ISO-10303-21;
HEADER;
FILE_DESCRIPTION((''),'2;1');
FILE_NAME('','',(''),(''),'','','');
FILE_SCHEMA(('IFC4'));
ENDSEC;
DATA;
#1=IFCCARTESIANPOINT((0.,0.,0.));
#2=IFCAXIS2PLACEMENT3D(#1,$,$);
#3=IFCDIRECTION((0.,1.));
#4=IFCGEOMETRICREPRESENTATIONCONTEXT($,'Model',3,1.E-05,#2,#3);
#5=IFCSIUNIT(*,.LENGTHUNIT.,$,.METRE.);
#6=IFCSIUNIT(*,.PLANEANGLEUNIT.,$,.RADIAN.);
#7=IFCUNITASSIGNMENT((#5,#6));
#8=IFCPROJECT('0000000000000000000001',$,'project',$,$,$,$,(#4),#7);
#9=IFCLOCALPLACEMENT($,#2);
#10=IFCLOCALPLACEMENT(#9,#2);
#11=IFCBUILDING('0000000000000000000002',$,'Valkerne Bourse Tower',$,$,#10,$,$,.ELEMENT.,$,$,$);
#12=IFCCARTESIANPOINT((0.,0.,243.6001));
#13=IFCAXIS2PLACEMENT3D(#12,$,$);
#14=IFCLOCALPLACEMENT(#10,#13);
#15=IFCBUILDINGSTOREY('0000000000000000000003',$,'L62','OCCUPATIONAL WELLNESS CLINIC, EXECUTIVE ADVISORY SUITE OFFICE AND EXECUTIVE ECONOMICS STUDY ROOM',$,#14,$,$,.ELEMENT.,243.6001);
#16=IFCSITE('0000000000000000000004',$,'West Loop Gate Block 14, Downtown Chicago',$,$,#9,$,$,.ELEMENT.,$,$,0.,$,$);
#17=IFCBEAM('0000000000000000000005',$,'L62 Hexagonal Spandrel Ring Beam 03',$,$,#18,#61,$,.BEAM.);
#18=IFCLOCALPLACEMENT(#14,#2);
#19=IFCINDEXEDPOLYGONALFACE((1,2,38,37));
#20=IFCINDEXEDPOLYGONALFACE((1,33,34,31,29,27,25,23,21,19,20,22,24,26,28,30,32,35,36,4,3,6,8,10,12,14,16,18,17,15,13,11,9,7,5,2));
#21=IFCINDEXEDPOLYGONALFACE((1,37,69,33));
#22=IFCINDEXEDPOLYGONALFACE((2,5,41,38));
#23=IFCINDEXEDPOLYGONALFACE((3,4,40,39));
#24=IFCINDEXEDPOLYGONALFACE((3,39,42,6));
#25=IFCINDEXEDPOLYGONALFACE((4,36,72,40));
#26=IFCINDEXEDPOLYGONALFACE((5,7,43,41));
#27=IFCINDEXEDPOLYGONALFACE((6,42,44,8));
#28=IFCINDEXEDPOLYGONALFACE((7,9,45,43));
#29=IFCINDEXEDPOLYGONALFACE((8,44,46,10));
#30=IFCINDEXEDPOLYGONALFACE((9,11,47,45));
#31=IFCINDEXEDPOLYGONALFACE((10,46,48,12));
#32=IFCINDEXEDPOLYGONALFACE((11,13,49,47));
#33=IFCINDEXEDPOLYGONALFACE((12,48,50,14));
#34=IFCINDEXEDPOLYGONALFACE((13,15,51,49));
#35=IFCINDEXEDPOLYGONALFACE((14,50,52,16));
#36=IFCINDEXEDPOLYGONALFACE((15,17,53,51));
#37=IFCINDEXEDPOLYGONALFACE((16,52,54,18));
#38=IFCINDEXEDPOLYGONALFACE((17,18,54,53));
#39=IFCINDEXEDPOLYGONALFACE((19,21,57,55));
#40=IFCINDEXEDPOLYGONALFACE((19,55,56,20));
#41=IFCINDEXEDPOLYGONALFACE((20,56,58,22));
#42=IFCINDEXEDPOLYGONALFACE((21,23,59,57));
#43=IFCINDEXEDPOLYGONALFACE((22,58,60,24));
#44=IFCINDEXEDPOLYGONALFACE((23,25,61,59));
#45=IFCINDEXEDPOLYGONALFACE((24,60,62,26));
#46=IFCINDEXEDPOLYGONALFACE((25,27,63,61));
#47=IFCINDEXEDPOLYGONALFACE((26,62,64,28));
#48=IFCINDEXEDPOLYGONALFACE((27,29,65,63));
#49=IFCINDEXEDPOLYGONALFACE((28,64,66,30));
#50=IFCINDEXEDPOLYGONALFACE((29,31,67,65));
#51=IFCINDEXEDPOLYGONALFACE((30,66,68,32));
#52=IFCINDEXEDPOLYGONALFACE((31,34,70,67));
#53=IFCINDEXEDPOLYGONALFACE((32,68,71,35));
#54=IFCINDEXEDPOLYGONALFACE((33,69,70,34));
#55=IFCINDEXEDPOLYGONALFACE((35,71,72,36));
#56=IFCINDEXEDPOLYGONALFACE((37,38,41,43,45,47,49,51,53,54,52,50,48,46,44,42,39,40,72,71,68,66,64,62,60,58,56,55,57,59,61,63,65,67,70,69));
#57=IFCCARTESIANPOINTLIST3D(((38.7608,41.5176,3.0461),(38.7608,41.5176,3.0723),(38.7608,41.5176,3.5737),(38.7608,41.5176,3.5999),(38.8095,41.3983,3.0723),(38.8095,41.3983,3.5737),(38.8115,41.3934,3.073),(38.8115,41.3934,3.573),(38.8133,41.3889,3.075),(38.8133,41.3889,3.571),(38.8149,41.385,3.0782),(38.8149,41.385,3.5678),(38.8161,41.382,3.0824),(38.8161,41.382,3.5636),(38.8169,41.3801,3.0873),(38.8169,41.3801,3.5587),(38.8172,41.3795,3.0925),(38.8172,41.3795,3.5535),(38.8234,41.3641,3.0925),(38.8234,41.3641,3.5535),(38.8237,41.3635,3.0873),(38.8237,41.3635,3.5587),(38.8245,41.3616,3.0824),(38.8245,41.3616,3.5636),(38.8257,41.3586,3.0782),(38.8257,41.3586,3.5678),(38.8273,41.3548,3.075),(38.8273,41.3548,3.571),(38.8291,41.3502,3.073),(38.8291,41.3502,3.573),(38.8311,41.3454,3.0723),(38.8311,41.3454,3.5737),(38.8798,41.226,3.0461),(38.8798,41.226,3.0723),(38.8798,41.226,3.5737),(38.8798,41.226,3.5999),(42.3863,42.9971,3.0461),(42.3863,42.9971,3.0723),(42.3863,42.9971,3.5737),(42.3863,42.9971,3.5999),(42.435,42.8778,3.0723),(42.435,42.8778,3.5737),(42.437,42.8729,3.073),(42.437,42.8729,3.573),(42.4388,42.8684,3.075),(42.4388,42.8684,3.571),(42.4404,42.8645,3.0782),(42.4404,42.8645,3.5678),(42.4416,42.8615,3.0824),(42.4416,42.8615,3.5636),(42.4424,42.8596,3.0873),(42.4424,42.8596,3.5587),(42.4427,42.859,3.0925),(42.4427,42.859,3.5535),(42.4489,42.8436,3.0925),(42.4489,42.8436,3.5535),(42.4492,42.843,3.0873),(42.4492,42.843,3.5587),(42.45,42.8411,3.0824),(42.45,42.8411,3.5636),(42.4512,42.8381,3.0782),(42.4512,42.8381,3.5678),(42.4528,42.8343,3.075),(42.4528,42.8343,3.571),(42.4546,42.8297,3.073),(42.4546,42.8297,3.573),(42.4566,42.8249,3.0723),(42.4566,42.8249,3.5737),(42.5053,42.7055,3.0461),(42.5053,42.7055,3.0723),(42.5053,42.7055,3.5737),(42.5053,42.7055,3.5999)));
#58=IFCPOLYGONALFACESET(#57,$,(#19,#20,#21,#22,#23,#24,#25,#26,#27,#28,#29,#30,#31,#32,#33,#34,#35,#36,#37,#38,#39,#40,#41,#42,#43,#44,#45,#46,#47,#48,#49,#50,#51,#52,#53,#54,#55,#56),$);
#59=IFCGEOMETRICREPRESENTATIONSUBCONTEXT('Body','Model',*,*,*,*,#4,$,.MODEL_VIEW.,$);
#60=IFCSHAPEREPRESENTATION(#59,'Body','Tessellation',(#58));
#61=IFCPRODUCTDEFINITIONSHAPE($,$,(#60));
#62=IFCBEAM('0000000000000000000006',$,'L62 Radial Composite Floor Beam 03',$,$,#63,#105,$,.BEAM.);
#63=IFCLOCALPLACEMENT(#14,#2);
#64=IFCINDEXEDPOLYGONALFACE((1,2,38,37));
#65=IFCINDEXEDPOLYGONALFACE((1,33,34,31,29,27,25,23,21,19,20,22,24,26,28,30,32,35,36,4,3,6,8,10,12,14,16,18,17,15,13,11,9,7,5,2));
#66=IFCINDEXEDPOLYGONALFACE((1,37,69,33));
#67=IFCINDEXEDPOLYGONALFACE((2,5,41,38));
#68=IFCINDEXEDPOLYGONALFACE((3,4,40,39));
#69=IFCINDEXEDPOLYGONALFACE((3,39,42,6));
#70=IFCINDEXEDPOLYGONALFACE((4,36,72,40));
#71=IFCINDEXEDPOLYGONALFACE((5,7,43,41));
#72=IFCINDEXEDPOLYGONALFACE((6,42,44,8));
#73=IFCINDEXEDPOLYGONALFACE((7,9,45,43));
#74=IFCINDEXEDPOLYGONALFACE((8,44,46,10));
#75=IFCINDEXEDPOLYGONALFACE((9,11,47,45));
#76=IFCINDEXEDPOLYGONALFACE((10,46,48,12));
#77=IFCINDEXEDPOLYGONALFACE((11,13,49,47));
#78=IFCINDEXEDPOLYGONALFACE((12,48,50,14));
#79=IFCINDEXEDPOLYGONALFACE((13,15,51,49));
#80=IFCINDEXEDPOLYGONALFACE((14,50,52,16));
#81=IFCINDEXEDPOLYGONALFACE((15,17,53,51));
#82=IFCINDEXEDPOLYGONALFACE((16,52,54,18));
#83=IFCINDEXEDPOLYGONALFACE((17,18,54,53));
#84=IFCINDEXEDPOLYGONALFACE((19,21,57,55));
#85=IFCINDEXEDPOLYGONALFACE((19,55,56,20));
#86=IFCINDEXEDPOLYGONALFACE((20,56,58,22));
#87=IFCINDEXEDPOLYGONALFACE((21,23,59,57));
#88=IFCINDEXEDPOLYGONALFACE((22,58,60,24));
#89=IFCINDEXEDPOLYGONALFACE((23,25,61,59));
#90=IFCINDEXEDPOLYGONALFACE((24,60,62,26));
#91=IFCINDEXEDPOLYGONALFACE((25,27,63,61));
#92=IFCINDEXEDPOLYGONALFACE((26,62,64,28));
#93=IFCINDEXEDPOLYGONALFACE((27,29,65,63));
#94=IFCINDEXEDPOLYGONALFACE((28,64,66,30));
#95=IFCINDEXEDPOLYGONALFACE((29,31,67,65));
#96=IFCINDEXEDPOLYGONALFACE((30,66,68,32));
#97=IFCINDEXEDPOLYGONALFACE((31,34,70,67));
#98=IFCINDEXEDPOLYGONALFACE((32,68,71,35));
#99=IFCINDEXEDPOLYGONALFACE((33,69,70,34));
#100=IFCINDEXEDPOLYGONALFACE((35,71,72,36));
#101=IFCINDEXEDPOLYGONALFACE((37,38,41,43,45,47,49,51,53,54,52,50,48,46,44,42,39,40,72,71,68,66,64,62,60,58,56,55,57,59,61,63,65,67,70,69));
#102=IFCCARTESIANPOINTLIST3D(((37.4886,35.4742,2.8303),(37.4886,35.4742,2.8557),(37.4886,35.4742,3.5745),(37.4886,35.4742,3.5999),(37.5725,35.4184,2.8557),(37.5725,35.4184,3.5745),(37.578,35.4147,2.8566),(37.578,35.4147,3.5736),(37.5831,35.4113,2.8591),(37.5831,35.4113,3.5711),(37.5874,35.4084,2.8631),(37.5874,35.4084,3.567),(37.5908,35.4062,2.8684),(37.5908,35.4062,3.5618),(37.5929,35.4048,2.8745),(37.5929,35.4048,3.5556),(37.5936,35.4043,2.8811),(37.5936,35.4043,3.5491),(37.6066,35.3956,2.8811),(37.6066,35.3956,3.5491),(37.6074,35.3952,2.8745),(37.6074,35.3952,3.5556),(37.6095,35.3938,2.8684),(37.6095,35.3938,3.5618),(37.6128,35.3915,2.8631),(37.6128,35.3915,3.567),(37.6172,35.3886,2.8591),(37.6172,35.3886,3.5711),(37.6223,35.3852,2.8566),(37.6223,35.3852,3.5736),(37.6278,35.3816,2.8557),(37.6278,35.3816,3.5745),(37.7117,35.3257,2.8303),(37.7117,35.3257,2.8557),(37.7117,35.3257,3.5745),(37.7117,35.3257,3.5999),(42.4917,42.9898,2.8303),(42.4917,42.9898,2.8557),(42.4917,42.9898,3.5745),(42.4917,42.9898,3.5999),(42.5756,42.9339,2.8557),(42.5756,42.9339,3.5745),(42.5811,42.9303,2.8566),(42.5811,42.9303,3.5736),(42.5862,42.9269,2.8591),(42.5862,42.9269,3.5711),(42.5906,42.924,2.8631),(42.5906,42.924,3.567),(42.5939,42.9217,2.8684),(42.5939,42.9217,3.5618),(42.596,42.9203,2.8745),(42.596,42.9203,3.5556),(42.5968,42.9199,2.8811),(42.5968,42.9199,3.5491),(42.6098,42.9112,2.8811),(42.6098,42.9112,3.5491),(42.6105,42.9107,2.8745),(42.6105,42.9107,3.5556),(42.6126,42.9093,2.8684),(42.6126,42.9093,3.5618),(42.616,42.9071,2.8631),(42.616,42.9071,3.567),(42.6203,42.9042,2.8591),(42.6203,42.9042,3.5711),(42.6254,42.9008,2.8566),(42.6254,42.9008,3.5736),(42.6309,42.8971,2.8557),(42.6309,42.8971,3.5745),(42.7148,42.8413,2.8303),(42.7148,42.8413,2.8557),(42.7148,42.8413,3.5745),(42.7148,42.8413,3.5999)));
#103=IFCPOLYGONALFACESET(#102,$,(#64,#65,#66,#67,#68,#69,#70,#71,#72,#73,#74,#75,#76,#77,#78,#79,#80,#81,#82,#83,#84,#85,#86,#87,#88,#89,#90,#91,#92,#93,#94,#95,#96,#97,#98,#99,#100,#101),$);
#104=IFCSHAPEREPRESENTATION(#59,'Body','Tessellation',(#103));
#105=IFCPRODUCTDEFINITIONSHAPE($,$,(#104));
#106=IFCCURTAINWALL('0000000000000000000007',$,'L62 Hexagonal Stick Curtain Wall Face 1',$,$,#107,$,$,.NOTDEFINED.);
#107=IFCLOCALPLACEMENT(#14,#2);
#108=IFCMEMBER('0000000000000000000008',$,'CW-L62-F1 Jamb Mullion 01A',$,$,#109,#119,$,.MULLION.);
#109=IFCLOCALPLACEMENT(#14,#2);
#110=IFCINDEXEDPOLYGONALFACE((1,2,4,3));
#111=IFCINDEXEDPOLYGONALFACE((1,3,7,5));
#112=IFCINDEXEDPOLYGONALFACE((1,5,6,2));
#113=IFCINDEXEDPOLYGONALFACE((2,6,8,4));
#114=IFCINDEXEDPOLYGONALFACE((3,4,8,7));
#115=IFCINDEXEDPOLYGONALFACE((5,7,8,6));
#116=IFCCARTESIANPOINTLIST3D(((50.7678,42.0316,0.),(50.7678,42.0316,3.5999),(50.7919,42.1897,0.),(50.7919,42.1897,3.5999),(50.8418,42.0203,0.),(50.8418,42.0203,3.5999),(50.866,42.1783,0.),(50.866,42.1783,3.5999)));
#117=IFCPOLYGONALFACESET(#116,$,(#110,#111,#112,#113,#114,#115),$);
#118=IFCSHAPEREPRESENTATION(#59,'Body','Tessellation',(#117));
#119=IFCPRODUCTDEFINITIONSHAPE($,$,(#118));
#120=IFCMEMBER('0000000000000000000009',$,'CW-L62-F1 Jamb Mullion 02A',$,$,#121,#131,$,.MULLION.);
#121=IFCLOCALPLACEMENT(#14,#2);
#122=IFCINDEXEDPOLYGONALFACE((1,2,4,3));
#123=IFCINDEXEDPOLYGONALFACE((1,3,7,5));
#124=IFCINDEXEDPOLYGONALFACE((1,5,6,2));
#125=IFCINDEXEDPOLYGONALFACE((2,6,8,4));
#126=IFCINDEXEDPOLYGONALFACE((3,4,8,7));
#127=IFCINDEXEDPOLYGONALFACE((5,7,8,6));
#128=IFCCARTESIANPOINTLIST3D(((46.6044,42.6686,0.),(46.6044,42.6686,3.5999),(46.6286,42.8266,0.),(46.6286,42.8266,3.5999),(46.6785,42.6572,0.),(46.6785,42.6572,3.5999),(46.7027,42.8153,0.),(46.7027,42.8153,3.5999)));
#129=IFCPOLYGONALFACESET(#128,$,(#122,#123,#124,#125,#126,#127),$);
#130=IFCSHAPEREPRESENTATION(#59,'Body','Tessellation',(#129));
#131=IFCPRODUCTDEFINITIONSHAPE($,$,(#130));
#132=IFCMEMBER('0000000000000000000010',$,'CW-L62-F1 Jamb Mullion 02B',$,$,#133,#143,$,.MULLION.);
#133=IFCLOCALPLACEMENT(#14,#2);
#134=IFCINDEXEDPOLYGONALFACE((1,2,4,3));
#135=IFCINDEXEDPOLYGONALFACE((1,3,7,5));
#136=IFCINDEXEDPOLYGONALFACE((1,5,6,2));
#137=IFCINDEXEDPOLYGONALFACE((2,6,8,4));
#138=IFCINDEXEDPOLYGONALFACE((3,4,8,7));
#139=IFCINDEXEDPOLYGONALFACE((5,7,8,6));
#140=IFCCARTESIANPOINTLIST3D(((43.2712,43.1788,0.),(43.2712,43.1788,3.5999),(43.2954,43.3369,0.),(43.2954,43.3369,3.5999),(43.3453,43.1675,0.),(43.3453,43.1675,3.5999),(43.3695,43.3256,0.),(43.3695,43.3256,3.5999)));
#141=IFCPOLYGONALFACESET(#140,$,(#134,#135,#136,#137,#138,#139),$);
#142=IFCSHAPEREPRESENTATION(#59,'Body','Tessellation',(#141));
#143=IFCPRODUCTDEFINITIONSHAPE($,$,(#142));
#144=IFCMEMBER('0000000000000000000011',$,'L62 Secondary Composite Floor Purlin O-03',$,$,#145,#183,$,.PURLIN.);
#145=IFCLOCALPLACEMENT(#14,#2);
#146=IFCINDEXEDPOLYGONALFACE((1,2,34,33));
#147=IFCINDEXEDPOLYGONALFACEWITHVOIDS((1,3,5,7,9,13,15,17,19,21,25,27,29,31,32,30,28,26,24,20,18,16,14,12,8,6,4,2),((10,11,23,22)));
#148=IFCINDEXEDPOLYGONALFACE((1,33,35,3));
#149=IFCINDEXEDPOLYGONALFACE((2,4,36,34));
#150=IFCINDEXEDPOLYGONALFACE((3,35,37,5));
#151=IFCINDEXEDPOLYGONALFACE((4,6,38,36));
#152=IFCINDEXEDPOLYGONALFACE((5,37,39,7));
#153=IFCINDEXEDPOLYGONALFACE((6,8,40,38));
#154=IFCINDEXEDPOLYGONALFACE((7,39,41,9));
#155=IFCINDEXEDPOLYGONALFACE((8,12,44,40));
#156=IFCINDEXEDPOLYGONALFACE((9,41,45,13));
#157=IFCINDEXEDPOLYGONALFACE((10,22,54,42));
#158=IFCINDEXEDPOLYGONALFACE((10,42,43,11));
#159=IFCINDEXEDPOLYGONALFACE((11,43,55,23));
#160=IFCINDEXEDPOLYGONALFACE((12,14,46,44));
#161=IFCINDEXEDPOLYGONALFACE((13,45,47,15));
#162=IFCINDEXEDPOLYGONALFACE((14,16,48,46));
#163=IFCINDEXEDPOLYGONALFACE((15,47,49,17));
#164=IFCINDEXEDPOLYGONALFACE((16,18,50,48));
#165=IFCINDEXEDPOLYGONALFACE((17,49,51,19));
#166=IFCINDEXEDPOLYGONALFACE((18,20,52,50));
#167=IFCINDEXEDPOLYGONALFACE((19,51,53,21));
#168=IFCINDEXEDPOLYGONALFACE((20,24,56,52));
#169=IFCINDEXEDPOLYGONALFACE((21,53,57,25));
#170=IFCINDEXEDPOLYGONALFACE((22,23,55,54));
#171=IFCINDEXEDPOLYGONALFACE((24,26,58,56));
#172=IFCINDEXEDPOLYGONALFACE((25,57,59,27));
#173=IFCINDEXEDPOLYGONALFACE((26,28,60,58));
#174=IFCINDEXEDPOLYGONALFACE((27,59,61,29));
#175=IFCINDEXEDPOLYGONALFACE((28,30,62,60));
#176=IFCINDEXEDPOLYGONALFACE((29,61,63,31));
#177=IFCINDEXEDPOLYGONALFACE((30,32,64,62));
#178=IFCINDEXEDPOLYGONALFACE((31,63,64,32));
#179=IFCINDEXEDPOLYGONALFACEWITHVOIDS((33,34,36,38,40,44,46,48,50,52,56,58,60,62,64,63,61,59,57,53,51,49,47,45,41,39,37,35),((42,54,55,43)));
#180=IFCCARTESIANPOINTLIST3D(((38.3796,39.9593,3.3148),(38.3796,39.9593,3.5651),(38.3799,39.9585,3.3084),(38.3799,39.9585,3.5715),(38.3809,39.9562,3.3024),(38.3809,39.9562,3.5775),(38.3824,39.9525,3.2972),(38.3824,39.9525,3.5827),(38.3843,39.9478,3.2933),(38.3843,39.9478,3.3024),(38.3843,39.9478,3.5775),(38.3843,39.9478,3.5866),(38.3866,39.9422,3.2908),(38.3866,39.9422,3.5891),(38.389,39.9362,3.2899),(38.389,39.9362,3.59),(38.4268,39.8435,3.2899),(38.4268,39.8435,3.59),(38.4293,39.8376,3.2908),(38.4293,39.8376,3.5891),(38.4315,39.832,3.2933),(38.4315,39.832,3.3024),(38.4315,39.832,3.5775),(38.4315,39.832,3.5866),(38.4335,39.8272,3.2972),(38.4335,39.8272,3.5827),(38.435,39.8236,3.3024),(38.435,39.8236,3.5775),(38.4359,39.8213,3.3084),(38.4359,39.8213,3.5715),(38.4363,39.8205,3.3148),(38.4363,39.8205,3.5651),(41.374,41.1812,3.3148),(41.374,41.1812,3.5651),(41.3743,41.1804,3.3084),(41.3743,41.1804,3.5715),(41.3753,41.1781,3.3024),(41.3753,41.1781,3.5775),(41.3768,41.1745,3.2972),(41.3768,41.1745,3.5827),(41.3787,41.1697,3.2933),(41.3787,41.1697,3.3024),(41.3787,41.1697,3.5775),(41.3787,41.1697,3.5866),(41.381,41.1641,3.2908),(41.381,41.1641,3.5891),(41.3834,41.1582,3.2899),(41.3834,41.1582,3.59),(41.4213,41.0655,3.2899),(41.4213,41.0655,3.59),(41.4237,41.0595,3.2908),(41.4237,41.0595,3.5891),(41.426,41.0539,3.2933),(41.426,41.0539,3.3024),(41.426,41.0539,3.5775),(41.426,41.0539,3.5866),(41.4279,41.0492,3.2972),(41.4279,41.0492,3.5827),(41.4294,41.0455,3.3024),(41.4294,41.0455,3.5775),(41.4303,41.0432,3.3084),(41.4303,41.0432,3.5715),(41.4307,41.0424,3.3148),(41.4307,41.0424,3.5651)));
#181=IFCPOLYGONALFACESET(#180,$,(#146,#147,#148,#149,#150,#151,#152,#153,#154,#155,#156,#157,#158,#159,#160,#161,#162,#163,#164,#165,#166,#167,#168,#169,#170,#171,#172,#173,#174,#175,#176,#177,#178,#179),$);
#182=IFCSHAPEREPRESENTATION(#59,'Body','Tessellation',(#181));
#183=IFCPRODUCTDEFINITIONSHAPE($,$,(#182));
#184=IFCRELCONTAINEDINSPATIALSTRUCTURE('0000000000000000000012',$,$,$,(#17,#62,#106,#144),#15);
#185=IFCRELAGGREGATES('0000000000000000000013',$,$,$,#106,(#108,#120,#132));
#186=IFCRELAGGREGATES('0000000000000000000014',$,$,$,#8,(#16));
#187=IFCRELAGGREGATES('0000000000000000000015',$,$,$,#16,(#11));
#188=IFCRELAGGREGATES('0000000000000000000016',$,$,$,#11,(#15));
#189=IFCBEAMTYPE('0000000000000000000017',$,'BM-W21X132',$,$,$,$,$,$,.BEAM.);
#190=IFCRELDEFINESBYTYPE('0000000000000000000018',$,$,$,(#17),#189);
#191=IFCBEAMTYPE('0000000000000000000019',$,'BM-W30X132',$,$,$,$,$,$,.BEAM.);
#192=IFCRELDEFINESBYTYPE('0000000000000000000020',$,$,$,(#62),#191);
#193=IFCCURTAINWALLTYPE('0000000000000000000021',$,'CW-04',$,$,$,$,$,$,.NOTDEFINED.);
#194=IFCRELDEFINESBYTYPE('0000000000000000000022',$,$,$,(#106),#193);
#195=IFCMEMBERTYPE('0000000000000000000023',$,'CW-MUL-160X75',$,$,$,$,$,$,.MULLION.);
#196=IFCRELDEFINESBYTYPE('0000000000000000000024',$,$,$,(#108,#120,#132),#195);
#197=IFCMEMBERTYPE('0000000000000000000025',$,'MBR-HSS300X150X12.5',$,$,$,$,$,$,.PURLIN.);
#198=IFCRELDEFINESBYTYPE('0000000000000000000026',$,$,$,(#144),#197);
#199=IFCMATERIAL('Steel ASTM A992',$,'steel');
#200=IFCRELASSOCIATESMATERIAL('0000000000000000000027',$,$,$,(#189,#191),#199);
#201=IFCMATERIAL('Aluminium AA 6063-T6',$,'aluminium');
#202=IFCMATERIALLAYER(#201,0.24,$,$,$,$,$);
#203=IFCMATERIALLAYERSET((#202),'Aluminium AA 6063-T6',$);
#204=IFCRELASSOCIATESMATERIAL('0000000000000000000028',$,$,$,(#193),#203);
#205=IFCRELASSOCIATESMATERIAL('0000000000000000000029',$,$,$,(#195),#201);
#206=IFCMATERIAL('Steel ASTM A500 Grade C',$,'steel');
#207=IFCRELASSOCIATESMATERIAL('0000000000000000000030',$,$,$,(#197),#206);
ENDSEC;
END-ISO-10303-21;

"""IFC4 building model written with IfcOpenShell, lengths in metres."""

from ifc_helpers import new_model, si_unit, direction, frame, origin, origin_2d, place, context, subcontext, project, spatial, rectangle, hollow_rectangle, i_section, extrude, material, layer, layer_set, material_profile, profile_set, type_object, element, aggregate, save


model = new_model("IFC4")

# Units and contexts
model_context = context("Model", 3, precision=1e-05, world=origin(), true_north=direction((0.0, 1.0)))
body_context = subcontext(model_context, "Body", "Model", "MODEL_VIEW")
ifc_project = project(units=[si_unit("LENGTHUNIT", "METRE"), si_unit("PLANEANGLEUNIT", "RADIAN")], contexts=[model_context])

# Site, building, storey
site_placement = place(None, origin())
site = spatial("IfcSite", under=ifc_project, at=site_placement, Name="West Loop Gate Block 14, Downtown Chicago", CompositionType="ELEMENT", RefElevation=0.0)
building_placement = place(site_placement, origin())
building = spatial("IfcBuilding", under=site, at=building_placement, Name="Valkerne Bourse Tower", CompositionType="ELEMENT")
storey_placement = place(building_placement, frame((0.0, 0.0, 243.6001)))
storey = spatial("IfcBuildingStorey", under=building, at=storey_placement, Name="L62", Description="OCCUPATIONAL WELLNESS CLINIC, EXECUTIVE ADVISORY SUITE OFFICE AND EXECUTIVE ECONOMICS STUDY ROOM", CompositionType="ELEMENT", Elevation=243.6001)

# Beams
ifc_material_1 = material(Name="Steel ASTM A992", Category="steel")
ifc_material_profile_1 = material_profile(ifc_material_1, i_section(OverallWidth=0.3149, OverallDepth=0.5537, WebThickness=0.0166, FlangeThickness=0.0261, FilletRadius=0.0203, at=origin_2d()), Name="W21X132")
ifc_profile_set_1 = profile_set([ifc_material_profile_1], Name="Steel ASTM A992")
beam_type_1 = type_object("IfcBeamType", Name="BM-W21X132", PredefinedType="BEAM", material=ifc_profile_set_1)
beam_1_placement = place(storey_placement, frame((42.4458, 42.8513, 3.323), z_axis=(-0.925874, -0.377832, 0.0), x_axis=(0.377832, -0.925874, 0.0)))
element("IfcBeam", 1, at=beam_1_placement, inside=storey, type_object=beam_type_1, Name="L62 Hexagonal Spandrel Ring Beam 03", PredefinedType="BEAM", context=body_context, shape_type="SweptSolid", body=[
    extrude(i_section(OverallWidth=0.3149, OverallDepth=0.5537, WebThickness=0.0166, FlangeThickness=0.0261, FilletRadius=0.0203, at=origin_2d()), origin(), (0.0, 0.0, 1.0), 3.9158),
])
ifc_material_profile_2 = material_profile(ifc_material_1, i_section(OverallWidth=0.2681, OverallDepth=0.7695, WebThickness=0.0156, FlangeThickness=0.0254, FilletRadius=0.0254, at=origin_2d()), Name="W30X132")
ifc_profile_set_2 = profile_set([ifc_material_profile_2], Name="Steel ASTM A992")
beam_type_2 = type_object("IfcBeamType", Name="BM-W30X132", PredefinedType="BEAM", material=ifc_profile_set_2)
beam_2_placement = place(storey_placement, frame((42.6033, 42.9155, 3.2151), z_axis=(-0.554145, -0.83242, 0.0), x_axis=(0.83242, -0.554145, 0.0)))
element("IfcBeam", 2, at=beam_2_placement, inside=storey, type_object=beam_type_2, Name="L62 Radial Composite Floor Beam 03", PredefinedType="BEAM", context=body_context, shape_type="SweptSolid", body=[
    extrude(i_section(OverallWidth=0.2681, OverallDepth=0.7695, WebThickness=0.0156, FlangeThickness=0.0254, FilletRadius=0.0254, at=origin_2d()), origin(), (0.0, 0.0, 1.0), 9.0286),
])

# Curtain wall, members
ifc_material_2 = material(Name="Aluminium AA 6063-T6", Category="aluminium")
ifc_layer_1 = layer(ifc_material_2, 0.24)
ifc_layer_set_1 = layer_set([ifc_layer_1], Name="Aluminium AA 6063-T6")
curtain_wall_type = type_object("IfcCurtainWallType", Name="CW-04", PredefinedType="NOTDEFINED", material=ifc_layer_set_1)
curtain_wall_placement = place(storey_placement, origin())
curtain_wall = element("IfcCurtainWall", 3, at=curtain_wall_placement, inside=storey, type_object=curtain_wall_type, Name="L62 Hexagonal Stick Curtain Wall Face 1", PredefinedType="NOTDEFINED")
ifc_material_profile_3 = material_profile(ifc_material_2, rectangle(XDim=0.075, YDim=0.1599, at=origin_2d()), Name="CWM-75X160")
ifc_profile_set_3 = profile_set([ifc_material_profile_3], Name="Aluminium AA 6063-T6")
member_type_1 = type_object("IfcMemberType", Name="CW-MUL-160X75", PredefinedType="MULLION", material=ifc_profile_set_3)
member_1_placement = place(storey_placement, frame((50.8169, 42.105, 0.0), z_axis=(0.0, 0.0, 1.0), x_axis=(-0.988494, 0.15126, 0.0)))
member_1 = element("IfcMember", 4, at=member_1_placement, type_object=member_type_1, Name="CW-L62-F1 Jamb Mullion 01A", PredefinedType="MULLION", context=body_context, shape_type="SweptSolid", body=[
    extrude(rectangle(XDim=0.075, YDim=0.1599, at=origin_2d()), origin(), (0.0, 0.0, 1.0), 3.5999),
])
member_2_placement = place(storey_placement, frame((46.6536, 42.7419, 0.0), z_axis=(0.0, 0.0, 1.0), x_axis=(-0.988494, 0.15126, 0.0)))
member_2 = element("IfcMember", 5, at=member_2_placement, type_object=member_type_1, Name="CW-L62-F1 Jamb Mullion 02A", PredefinedType="MULLION", context=body_context, shape_type="SweptSolid", body=[
    extrude(rectangle(XDim=0.075, YDim=0.1599, at=origin_2d()), origin(), (0.0, 0.0, 1.0), 3.5999),
])
member_3_placement = place(storey_placement, frame((43.3203, 43.2522, 0.0), z_axis=(0.0, 0.0, 1.0), x_axis=(-0.988494, 0.15126, 0.0)))
member_3 = element("IfcMember", 6, at=member_3_placement, type_object=member_type_1, Name="CW-L62-F1 Jamb Mullion 02B", PredefinedType="MULLION", context=body_context, shape_type="SweptSolid", body=[
    extrude(rectangle(XDim=0.075, YDim=0.1599, at=origin_2d()), origin(), (0.0, 0.0, 1.0), 3.5999),
])

# Member
ifc_material_3 = material(Name="Steel ASTM A500 Grade C", Category="steel")
ifc_material_profile_4 = material_profile(ifc_material_3, hollow_rectangle(XDim=0.1499, YDim=0.3, WallThickness=0.0125, OuterFilletRadius=0.0249, at=origin_2d()), Name="HSS300X150X12.5")
ifc_profile_set_4 = profile_set([ifc_material_profile_4], Name="Steel ASTM A500 Grade C")
member_type_2 = type_object("IfcMemberType", Name="MBR-HSS300X150X12.5", PredefinedType="PURLIN", material=ifc_profile_set_4)
member_4_placement = place(storey_placement, frame((41.4023, 41.1118, 3.4399), z_axis=(-0.925877, -0.377824, 0.0), x_axis=(0.377824, -0.925877, 0.0)))
element("IfcMember", 7, at=member_4_placement, inside=storey, type_object=member_type_2, Name="L62 Secondary Composite Floor Purlin O-03", PredefinedType="PURLIN", context=body_context, shape_type="SweptSolid", body=[
    extrude(hollow_rectangle(XDim=0.1499, YDim=0.3, WallThickness=0.0125, OuterFilletRadius=0.0249, at=origin_2d()), origin(), (0.0, 0.0, 1.0), 3.2341),
])

aggregate(curtain_wall, [member_1, member_2, member_3])

save(model, "model.ifc")
